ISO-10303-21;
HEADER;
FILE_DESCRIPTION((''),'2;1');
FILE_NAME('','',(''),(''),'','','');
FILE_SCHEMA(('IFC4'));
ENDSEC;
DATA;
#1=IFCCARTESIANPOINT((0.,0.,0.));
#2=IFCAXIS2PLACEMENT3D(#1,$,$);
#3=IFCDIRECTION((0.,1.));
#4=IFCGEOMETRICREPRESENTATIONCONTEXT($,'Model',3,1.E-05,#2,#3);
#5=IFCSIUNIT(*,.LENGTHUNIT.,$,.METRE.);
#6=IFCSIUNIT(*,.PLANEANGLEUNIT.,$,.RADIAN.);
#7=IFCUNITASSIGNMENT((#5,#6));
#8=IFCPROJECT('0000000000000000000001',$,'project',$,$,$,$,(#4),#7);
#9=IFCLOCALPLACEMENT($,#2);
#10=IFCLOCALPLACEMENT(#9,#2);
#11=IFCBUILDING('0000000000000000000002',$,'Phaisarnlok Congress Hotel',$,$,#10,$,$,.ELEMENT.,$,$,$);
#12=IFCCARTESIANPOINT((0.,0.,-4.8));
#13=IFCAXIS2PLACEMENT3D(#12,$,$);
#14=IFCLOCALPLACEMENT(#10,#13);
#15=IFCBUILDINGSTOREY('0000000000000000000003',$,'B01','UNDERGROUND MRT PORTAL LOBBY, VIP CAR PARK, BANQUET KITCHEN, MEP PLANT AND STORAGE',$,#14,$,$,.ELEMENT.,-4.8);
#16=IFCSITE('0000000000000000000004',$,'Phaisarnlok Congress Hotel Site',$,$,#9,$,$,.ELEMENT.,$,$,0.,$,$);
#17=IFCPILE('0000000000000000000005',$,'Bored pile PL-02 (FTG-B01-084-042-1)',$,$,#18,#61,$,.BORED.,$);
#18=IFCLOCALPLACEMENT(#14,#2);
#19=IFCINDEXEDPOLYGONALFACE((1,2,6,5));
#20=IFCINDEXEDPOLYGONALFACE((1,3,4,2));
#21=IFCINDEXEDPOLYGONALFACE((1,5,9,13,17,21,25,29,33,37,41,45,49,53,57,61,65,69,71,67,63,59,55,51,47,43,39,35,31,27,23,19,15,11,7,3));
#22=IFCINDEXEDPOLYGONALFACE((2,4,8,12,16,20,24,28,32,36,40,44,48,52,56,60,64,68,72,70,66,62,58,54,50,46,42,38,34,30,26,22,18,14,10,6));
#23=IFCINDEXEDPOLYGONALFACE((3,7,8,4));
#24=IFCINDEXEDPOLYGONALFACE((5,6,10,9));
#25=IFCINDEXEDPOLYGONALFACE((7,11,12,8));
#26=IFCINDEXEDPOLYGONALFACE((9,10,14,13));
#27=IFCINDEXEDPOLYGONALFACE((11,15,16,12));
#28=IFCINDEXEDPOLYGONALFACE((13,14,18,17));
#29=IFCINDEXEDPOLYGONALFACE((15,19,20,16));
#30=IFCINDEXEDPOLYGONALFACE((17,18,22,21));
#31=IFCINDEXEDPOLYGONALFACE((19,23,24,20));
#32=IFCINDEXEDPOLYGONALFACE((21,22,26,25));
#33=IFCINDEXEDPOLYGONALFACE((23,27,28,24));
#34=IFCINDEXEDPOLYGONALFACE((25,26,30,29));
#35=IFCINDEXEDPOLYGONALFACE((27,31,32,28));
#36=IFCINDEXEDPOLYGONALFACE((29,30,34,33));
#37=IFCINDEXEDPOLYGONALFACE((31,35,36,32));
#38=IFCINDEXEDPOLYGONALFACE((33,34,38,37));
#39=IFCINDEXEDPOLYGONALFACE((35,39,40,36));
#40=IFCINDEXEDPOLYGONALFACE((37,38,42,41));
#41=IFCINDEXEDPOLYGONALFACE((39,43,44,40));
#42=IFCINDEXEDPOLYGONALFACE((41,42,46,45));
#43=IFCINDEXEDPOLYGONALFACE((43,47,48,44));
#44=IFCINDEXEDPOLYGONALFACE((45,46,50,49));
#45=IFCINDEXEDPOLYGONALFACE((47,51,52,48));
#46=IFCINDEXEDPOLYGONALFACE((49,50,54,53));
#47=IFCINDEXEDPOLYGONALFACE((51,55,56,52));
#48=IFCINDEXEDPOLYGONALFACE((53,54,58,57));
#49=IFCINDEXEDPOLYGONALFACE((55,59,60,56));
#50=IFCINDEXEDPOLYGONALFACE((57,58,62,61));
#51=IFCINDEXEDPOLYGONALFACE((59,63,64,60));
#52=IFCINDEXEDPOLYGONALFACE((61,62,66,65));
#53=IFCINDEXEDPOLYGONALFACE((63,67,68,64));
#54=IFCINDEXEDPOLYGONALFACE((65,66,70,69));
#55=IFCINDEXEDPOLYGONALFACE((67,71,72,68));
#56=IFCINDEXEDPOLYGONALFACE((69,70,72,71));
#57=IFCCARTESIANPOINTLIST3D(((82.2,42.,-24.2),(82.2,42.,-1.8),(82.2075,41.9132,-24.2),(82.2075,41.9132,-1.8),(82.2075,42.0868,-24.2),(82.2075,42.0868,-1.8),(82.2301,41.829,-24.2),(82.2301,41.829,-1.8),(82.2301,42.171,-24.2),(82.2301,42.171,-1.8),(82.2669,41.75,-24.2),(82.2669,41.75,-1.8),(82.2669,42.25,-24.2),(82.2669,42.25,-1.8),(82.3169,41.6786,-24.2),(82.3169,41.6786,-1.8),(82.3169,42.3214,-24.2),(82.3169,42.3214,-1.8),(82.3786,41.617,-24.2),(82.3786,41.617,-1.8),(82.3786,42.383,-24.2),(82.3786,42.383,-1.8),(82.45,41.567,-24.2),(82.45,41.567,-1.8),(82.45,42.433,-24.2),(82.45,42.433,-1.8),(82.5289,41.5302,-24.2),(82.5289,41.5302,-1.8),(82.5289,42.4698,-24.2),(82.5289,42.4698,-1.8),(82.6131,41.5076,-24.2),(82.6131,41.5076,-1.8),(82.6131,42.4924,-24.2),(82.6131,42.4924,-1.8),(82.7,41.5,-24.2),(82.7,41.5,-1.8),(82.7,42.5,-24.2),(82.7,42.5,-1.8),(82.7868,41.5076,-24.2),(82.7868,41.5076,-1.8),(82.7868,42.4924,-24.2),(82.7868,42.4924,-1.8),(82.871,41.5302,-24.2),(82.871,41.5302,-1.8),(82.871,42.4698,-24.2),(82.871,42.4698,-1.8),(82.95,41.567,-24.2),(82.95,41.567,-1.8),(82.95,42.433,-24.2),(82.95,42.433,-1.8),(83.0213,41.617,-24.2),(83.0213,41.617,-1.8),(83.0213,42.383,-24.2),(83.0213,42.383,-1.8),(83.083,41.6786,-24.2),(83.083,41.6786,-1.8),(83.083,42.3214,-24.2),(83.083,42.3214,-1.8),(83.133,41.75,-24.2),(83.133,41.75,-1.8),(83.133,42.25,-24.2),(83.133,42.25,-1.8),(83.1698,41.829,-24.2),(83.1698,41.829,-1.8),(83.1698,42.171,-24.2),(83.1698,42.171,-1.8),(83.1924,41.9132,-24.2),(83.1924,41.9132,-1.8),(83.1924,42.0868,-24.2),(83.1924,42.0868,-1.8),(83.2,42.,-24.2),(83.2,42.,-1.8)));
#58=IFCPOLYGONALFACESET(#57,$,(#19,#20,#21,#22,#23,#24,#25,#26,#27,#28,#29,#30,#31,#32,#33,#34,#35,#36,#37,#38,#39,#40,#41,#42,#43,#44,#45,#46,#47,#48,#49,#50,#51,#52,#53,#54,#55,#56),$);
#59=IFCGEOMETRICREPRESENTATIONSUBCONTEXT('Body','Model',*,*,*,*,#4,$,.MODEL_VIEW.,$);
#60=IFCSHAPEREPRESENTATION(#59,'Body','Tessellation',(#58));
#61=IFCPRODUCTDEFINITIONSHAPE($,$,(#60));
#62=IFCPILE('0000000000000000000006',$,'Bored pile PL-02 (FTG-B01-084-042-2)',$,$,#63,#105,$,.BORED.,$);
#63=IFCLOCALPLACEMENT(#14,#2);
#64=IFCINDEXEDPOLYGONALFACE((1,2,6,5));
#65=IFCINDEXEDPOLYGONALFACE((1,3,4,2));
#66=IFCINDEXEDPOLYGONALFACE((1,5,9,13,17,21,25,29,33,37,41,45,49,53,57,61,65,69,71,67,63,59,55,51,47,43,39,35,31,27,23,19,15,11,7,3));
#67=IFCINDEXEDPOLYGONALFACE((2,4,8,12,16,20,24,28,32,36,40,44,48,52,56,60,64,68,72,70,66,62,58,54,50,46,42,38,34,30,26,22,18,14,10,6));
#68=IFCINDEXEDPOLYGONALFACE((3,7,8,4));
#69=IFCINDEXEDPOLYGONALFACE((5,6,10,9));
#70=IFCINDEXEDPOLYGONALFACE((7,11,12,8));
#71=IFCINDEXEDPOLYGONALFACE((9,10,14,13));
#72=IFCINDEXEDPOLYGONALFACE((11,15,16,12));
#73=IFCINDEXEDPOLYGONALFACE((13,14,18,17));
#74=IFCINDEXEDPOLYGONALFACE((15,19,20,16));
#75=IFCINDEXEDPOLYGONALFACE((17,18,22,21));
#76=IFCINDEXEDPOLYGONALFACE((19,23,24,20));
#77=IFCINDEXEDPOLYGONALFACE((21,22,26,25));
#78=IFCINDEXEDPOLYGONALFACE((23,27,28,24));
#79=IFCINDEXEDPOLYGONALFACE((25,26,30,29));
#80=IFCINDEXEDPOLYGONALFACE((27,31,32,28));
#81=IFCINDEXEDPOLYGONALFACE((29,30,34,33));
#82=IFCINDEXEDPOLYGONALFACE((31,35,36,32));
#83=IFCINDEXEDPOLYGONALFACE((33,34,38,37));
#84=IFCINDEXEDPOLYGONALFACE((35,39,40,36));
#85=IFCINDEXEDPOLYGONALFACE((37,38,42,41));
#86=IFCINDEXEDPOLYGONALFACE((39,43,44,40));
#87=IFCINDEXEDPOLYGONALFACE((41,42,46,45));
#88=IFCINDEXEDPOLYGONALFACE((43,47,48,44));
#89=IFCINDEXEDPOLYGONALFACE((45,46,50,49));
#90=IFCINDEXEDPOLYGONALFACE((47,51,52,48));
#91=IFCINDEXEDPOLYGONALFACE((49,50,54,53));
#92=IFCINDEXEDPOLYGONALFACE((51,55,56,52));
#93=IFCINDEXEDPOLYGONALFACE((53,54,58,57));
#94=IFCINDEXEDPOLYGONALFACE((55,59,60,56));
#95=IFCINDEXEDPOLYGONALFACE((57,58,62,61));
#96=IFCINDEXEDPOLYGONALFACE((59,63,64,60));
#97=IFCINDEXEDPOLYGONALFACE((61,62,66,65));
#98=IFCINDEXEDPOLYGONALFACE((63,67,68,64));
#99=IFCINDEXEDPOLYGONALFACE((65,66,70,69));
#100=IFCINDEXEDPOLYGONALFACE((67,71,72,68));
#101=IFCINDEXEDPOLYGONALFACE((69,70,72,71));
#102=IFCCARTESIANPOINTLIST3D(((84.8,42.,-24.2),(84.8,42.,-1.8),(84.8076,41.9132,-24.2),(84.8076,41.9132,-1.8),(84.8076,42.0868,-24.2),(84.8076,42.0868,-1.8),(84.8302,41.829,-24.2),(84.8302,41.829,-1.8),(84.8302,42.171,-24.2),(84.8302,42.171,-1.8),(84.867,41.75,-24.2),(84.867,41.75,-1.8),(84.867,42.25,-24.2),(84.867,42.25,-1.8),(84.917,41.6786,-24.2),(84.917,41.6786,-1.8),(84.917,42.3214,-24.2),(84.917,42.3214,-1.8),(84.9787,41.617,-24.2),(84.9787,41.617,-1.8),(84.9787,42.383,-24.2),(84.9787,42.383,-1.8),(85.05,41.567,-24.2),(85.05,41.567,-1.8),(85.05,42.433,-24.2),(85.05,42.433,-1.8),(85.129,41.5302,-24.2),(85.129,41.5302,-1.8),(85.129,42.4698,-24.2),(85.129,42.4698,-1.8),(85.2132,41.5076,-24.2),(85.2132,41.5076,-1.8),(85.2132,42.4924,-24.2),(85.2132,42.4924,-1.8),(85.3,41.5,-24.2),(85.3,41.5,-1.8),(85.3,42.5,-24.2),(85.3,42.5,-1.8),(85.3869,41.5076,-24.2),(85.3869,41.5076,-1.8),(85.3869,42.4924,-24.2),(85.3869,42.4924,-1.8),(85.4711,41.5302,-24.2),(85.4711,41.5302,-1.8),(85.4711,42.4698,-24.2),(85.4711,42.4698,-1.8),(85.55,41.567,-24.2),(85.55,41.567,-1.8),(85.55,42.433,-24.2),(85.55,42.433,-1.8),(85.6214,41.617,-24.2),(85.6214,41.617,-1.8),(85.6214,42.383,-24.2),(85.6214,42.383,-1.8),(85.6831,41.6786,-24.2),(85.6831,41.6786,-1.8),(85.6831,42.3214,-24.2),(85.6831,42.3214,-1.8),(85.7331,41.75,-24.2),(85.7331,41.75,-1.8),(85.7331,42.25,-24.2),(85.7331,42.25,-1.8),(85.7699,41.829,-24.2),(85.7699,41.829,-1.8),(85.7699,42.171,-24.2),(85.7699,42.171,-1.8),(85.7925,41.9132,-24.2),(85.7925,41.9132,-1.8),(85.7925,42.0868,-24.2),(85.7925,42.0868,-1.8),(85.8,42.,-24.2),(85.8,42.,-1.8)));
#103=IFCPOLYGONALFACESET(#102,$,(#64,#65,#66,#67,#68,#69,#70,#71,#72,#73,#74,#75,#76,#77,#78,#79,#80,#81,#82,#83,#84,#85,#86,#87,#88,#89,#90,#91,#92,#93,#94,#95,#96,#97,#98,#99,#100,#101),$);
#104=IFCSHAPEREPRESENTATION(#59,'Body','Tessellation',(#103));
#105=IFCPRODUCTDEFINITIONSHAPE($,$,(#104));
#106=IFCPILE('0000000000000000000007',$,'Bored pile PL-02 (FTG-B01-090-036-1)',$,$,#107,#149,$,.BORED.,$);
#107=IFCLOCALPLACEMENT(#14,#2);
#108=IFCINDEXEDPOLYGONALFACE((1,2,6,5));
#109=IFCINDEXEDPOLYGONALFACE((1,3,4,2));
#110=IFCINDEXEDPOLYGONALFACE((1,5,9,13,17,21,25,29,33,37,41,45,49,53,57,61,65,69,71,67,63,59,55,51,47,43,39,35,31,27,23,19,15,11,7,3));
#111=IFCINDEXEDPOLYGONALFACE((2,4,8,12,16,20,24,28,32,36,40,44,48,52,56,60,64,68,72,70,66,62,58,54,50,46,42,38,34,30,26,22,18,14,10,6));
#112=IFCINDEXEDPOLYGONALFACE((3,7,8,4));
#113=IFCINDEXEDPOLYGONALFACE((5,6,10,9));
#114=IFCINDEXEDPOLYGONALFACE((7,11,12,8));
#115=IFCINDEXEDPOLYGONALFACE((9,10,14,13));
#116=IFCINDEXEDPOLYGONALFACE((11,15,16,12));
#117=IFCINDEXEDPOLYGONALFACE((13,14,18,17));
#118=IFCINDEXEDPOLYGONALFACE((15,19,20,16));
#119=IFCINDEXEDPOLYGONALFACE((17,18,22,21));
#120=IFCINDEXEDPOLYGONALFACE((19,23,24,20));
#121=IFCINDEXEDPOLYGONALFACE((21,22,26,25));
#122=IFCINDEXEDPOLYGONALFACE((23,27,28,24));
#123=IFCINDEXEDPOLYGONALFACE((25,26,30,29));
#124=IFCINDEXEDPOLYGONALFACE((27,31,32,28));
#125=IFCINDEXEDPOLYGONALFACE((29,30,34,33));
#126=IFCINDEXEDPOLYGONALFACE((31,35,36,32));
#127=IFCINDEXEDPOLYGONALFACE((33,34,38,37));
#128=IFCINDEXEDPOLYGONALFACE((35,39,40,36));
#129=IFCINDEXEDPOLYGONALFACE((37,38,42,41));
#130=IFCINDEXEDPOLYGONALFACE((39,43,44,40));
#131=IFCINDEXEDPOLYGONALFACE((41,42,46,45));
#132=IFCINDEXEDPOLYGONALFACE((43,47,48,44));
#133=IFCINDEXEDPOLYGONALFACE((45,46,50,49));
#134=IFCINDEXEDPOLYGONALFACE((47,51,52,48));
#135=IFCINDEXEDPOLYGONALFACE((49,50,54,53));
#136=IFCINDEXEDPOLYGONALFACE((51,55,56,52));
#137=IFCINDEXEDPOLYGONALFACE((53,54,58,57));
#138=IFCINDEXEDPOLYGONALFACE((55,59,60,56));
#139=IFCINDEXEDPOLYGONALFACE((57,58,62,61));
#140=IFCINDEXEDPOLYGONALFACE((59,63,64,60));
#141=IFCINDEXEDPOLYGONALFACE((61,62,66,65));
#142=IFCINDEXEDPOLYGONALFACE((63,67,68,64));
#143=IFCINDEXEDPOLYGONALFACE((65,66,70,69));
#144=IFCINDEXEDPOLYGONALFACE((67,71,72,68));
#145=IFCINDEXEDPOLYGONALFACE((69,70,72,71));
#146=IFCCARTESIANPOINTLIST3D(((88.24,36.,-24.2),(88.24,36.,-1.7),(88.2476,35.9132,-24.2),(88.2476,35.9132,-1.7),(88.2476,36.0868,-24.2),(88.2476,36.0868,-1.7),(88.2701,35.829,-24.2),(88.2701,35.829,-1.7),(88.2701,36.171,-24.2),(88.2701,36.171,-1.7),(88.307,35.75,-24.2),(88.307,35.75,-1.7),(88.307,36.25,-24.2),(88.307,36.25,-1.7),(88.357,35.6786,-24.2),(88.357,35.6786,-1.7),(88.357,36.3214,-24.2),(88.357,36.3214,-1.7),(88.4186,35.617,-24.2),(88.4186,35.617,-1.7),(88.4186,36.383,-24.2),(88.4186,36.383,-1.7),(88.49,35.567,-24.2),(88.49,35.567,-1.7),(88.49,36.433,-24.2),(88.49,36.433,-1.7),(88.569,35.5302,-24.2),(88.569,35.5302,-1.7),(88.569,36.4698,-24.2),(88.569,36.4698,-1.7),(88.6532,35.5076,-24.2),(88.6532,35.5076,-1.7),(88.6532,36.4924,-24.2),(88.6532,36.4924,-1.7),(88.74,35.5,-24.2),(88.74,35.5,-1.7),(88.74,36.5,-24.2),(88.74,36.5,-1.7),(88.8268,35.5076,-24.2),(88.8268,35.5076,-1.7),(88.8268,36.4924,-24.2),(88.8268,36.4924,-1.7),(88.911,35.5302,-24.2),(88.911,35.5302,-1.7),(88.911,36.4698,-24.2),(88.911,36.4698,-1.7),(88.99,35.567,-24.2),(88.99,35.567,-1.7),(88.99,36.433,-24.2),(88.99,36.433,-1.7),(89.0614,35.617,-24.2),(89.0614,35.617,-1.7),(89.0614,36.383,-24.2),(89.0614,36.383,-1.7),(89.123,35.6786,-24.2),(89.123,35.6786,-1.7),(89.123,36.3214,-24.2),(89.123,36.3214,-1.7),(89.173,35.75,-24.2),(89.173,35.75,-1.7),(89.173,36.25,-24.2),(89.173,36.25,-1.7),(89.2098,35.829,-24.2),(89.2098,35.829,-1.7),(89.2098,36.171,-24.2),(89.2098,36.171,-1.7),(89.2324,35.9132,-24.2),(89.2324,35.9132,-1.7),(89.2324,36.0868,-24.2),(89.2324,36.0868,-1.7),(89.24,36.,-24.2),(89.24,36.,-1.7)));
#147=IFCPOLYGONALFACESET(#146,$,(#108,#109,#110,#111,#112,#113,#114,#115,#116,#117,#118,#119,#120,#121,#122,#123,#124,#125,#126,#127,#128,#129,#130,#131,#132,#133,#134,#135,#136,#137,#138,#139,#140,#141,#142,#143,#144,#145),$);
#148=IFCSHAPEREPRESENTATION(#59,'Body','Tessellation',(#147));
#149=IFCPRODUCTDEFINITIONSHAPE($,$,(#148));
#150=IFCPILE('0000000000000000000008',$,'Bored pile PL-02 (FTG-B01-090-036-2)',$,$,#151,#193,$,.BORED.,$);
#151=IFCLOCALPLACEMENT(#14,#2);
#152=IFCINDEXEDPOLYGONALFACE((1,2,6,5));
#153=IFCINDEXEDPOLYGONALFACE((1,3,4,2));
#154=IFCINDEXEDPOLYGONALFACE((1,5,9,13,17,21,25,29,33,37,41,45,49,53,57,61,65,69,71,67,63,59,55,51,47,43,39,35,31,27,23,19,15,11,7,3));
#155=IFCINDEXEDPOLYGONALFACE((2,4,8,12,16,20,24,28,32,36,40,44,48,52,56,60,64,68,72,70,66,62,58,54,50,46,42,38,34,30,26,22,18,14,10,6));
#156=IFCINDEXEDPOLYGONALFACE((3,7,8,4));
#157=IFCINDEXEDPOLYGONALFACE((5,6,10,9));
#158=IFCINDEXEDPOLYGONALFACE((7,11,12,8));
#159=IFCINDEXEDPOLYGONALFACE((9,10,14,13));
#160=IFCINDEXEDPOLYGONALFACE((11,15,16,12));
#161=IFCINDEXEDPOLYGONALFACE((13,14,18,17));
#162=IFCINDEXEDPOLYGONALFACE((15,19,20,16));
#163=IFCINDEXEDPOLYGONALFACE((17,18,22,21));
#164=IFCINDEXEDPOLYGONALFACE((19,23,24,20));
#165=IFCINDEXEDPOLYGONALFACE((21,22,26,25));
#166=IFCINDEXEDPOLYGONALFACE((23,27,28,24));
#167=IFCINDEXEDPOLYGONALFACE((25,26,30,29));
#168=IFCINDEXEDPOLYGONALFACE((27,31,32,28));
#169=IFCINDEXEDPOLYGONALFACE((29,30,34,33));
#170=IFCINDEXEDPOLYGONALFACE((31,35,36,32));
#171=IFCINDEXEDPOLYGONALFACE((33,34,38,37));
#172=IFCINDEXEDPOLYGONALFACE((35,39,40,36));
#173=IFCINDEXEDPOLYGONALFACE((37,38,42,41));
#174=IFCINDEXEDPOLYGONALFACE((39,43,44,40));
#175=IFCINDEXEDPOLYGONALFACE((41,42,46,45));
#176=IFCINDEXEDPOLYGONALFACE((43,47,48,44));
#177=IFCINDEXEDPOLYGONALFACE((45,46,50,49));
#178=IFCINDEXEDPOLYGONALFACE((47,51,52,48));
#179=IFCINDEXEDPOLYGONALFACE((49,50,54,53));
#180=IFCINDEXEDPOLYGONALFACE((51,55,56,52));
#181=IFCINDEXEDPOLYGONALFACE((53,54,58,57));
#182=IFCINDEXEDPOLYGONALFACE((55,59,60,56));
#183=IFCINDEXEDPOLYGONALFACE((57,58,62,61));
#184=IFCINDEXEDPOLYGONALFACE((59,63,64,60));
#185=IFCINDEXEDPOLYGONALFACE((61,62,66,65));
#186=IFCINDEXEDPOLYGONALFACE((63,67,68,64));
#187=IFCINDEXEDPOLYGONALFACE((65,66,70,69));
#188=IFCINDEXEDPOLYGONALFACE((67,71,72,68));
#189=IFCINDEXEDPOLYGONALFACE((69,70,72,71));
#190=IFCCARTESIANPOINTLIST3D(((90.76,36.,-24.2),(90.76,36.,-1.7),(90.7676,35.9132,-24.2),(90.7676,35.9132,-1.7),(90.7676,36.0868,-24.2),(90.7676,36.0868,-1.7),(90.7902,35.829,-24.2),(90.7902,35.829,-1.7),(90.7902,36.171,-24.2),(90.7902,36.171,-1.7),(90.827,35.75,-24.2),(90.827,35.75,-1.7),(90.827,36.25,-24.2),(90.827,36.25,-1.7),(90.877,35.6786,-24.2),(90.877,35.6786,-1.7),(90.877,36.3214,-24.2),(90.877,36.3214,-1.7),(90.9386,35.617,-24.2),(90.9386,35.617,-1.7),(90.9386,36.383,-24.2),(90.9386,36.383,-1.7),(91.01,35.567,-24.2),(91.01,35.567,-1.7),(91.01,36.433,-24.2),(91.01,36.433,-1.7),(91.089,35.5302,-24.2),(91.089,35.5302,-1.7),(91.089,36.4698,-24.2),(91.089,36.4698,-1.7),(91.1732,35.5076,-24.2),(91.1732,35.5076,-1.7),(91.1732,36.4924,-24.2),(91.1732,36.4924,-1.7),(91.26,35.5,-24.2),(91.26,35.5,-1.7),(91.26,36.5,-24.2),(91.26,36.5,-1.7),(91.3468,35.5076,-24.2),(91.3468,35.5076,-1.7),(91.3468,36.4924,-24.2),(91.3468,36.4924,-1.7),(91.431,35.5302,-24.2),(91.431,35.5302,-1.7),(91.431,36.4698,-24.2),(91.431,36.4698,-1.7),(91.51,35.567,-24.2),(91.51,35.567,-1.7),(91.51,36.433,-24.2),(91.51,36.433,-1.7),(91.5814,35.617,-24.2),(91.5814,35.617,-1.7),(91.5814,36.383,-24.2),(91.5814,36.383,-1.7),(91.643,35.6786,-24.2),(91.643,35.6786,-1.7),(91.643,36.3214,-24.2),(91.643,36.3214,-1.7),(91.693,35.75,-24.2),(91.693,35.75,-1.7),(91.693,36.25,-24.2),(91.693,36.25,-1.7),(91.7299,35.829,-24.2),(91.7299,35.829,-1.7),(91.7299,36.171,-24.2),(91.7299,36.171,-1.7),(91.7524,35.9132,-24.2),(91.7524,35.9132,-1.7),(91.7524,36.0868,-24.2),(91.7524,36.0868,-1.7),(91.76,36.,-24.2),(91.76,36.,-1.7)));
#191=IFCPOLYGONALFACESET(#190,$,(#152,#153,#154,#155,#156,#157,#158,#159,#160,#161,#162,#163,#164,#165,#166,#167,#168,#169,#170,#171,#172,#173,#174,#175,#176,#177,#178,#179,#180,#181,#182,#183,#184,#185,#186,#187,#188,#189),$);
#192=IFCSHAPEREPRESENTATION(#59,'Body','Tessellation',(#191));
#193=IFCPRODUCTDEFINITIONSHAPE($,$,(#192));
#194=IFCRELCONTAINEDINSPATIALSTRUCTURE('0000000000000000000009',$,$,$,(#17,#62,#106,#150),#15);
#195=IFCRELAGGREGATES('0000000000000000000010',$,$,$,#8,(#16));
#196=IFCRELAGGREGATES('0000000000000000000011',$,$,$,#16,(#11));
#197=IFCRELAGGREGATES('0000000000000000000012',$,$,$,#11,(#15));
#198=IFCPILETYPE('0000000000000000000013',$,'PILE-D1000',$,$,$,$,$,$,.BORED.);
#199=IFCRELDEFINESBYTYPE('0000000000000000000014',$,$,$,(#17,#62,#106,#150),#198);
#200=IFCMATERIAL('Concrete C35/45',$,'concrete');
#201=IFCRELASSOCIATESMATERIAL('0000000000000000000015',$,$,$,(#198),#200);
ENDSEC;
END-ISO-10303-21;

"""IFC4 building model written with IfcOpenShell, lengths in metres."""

from ifc_helpers import new_model, si_unit, direction, frame, origin, origin_2d, place, context, subcontext, project, spatial, circle, extrude, material, material_profile, profile_set, type_object, element, save


model = new_model("IFC4")

# Units and contexts
model_context = context("Model", 3, precision=1e-05, world=origin(), true_north=direction((0.0, 1.0)))
body_context = subcontext(model_context, "Body", "Model", "MODEL_VIEW")
ifc_project = project(units=[si_unit("LENGTHUNIT", "METRE"), si_unit("PLANEANGLEUNIT", "RADIAN")], contexts=[model_context])

# Site, building, storey
site_placement = place(None, origin())
site = spatial("IfcSite", under=ifc_project, at=site_placement, Name="Phaisarnlok Congress Hotel Site", CompositionType="ELEMENT", RefElevation=0.0)
building_placement = place(site_placement, origin())
building = spatial("IfcBuilding", under=site, at=building_placement, Name="Phaisarnlok Congress Hotel", CompositionType="ELEMENT")
storey_placement = place(building_placement, frame((0.0, 0.0, -4.8)))
storey = spatial("IfcBuildingStorey", under=building, at=storey_placement, Name="B01", Description="UNDERGROUND MRT PORTAL LOBBY, VIP CAR PARK, BANQUET KITCHEN, MEP PLANT AND STORAGE", CompositionType="ELEMENT", Elevation=-4.8)

# Piles
ifc_material_1 = material(Name="Concrete C35/45", Category="concrete")
ifc_material_profile_1 = material_profile(ifc_material_1, circle(Radius=0.5, at=origin_2d()), Name="BORED PILE D1000")
ifc_profile_set_1 = profile_set([ifc_material_profile_1], Name="Concrete C35/45")
pile_type_1 = type_object("IfcPileType", Name="PILE-D1000", PredefinedType="BORED", material=ifc_profile_set_1)
for number, where, z_axis, x_axis, name in (
    (1, (82.7, 42.0, -1.8), (0.0, 0.0, -1.0), (1.0, 0.0, 0.0), "Bored pile PL-02 (FTG-B01-084-042-1)"),
    (2, (85.3, 42.0, -1.8), (0.0, 0.0, -1.0), (1.0, 0.0, 0.0), "Bored pile PL-02 (FTG-B01-084-042-2)"),
):
    element("IfcPile", number, at=place(storey_placement, frame(where, z_axis=z_axis, x_axis=x_axis)), inside=storey, type_object=pile_type_1, Name=name, PredefinedType="BORED", context=body_context, shape_type="SweptSolid", body=[
        extrude(circle(Radius=0.5, at=origin_2d()), origin(), (0.0, 0.0, 1.0), 22.3999),
    ])
for number, where, z_axis, x_axis, name in (
    (3, (88.74, 36.0, -1.7), (0.0, 0.0, -1.0), (1.0, 0.0, 0.0), "Bored pile PL-02 (FTG-B01-090-036-1)"),
    (4, (91.26, 36.0, -1.7), (0.0, 0.0, -1.0), (1.0, 0.0, 0.0), "Bored pile PL-02 (FTG-B01-090-036-2)"),
):
    element("IfcPile", number, at=place(storey_placement, frame(where, z_axis=z_axis, x_axis=x_axis)), inside=storey, type_object=pile_type_1, Name=name, PredefinedType="BORED", context=body_context, shape_type="SweptSolid", body=[
        extrude(circle(Radius=0.5, at=origin_2d()), origin(), (0.0, 0.0, 1.0), 22.5),
    ])

save(model, "model.ifc")
